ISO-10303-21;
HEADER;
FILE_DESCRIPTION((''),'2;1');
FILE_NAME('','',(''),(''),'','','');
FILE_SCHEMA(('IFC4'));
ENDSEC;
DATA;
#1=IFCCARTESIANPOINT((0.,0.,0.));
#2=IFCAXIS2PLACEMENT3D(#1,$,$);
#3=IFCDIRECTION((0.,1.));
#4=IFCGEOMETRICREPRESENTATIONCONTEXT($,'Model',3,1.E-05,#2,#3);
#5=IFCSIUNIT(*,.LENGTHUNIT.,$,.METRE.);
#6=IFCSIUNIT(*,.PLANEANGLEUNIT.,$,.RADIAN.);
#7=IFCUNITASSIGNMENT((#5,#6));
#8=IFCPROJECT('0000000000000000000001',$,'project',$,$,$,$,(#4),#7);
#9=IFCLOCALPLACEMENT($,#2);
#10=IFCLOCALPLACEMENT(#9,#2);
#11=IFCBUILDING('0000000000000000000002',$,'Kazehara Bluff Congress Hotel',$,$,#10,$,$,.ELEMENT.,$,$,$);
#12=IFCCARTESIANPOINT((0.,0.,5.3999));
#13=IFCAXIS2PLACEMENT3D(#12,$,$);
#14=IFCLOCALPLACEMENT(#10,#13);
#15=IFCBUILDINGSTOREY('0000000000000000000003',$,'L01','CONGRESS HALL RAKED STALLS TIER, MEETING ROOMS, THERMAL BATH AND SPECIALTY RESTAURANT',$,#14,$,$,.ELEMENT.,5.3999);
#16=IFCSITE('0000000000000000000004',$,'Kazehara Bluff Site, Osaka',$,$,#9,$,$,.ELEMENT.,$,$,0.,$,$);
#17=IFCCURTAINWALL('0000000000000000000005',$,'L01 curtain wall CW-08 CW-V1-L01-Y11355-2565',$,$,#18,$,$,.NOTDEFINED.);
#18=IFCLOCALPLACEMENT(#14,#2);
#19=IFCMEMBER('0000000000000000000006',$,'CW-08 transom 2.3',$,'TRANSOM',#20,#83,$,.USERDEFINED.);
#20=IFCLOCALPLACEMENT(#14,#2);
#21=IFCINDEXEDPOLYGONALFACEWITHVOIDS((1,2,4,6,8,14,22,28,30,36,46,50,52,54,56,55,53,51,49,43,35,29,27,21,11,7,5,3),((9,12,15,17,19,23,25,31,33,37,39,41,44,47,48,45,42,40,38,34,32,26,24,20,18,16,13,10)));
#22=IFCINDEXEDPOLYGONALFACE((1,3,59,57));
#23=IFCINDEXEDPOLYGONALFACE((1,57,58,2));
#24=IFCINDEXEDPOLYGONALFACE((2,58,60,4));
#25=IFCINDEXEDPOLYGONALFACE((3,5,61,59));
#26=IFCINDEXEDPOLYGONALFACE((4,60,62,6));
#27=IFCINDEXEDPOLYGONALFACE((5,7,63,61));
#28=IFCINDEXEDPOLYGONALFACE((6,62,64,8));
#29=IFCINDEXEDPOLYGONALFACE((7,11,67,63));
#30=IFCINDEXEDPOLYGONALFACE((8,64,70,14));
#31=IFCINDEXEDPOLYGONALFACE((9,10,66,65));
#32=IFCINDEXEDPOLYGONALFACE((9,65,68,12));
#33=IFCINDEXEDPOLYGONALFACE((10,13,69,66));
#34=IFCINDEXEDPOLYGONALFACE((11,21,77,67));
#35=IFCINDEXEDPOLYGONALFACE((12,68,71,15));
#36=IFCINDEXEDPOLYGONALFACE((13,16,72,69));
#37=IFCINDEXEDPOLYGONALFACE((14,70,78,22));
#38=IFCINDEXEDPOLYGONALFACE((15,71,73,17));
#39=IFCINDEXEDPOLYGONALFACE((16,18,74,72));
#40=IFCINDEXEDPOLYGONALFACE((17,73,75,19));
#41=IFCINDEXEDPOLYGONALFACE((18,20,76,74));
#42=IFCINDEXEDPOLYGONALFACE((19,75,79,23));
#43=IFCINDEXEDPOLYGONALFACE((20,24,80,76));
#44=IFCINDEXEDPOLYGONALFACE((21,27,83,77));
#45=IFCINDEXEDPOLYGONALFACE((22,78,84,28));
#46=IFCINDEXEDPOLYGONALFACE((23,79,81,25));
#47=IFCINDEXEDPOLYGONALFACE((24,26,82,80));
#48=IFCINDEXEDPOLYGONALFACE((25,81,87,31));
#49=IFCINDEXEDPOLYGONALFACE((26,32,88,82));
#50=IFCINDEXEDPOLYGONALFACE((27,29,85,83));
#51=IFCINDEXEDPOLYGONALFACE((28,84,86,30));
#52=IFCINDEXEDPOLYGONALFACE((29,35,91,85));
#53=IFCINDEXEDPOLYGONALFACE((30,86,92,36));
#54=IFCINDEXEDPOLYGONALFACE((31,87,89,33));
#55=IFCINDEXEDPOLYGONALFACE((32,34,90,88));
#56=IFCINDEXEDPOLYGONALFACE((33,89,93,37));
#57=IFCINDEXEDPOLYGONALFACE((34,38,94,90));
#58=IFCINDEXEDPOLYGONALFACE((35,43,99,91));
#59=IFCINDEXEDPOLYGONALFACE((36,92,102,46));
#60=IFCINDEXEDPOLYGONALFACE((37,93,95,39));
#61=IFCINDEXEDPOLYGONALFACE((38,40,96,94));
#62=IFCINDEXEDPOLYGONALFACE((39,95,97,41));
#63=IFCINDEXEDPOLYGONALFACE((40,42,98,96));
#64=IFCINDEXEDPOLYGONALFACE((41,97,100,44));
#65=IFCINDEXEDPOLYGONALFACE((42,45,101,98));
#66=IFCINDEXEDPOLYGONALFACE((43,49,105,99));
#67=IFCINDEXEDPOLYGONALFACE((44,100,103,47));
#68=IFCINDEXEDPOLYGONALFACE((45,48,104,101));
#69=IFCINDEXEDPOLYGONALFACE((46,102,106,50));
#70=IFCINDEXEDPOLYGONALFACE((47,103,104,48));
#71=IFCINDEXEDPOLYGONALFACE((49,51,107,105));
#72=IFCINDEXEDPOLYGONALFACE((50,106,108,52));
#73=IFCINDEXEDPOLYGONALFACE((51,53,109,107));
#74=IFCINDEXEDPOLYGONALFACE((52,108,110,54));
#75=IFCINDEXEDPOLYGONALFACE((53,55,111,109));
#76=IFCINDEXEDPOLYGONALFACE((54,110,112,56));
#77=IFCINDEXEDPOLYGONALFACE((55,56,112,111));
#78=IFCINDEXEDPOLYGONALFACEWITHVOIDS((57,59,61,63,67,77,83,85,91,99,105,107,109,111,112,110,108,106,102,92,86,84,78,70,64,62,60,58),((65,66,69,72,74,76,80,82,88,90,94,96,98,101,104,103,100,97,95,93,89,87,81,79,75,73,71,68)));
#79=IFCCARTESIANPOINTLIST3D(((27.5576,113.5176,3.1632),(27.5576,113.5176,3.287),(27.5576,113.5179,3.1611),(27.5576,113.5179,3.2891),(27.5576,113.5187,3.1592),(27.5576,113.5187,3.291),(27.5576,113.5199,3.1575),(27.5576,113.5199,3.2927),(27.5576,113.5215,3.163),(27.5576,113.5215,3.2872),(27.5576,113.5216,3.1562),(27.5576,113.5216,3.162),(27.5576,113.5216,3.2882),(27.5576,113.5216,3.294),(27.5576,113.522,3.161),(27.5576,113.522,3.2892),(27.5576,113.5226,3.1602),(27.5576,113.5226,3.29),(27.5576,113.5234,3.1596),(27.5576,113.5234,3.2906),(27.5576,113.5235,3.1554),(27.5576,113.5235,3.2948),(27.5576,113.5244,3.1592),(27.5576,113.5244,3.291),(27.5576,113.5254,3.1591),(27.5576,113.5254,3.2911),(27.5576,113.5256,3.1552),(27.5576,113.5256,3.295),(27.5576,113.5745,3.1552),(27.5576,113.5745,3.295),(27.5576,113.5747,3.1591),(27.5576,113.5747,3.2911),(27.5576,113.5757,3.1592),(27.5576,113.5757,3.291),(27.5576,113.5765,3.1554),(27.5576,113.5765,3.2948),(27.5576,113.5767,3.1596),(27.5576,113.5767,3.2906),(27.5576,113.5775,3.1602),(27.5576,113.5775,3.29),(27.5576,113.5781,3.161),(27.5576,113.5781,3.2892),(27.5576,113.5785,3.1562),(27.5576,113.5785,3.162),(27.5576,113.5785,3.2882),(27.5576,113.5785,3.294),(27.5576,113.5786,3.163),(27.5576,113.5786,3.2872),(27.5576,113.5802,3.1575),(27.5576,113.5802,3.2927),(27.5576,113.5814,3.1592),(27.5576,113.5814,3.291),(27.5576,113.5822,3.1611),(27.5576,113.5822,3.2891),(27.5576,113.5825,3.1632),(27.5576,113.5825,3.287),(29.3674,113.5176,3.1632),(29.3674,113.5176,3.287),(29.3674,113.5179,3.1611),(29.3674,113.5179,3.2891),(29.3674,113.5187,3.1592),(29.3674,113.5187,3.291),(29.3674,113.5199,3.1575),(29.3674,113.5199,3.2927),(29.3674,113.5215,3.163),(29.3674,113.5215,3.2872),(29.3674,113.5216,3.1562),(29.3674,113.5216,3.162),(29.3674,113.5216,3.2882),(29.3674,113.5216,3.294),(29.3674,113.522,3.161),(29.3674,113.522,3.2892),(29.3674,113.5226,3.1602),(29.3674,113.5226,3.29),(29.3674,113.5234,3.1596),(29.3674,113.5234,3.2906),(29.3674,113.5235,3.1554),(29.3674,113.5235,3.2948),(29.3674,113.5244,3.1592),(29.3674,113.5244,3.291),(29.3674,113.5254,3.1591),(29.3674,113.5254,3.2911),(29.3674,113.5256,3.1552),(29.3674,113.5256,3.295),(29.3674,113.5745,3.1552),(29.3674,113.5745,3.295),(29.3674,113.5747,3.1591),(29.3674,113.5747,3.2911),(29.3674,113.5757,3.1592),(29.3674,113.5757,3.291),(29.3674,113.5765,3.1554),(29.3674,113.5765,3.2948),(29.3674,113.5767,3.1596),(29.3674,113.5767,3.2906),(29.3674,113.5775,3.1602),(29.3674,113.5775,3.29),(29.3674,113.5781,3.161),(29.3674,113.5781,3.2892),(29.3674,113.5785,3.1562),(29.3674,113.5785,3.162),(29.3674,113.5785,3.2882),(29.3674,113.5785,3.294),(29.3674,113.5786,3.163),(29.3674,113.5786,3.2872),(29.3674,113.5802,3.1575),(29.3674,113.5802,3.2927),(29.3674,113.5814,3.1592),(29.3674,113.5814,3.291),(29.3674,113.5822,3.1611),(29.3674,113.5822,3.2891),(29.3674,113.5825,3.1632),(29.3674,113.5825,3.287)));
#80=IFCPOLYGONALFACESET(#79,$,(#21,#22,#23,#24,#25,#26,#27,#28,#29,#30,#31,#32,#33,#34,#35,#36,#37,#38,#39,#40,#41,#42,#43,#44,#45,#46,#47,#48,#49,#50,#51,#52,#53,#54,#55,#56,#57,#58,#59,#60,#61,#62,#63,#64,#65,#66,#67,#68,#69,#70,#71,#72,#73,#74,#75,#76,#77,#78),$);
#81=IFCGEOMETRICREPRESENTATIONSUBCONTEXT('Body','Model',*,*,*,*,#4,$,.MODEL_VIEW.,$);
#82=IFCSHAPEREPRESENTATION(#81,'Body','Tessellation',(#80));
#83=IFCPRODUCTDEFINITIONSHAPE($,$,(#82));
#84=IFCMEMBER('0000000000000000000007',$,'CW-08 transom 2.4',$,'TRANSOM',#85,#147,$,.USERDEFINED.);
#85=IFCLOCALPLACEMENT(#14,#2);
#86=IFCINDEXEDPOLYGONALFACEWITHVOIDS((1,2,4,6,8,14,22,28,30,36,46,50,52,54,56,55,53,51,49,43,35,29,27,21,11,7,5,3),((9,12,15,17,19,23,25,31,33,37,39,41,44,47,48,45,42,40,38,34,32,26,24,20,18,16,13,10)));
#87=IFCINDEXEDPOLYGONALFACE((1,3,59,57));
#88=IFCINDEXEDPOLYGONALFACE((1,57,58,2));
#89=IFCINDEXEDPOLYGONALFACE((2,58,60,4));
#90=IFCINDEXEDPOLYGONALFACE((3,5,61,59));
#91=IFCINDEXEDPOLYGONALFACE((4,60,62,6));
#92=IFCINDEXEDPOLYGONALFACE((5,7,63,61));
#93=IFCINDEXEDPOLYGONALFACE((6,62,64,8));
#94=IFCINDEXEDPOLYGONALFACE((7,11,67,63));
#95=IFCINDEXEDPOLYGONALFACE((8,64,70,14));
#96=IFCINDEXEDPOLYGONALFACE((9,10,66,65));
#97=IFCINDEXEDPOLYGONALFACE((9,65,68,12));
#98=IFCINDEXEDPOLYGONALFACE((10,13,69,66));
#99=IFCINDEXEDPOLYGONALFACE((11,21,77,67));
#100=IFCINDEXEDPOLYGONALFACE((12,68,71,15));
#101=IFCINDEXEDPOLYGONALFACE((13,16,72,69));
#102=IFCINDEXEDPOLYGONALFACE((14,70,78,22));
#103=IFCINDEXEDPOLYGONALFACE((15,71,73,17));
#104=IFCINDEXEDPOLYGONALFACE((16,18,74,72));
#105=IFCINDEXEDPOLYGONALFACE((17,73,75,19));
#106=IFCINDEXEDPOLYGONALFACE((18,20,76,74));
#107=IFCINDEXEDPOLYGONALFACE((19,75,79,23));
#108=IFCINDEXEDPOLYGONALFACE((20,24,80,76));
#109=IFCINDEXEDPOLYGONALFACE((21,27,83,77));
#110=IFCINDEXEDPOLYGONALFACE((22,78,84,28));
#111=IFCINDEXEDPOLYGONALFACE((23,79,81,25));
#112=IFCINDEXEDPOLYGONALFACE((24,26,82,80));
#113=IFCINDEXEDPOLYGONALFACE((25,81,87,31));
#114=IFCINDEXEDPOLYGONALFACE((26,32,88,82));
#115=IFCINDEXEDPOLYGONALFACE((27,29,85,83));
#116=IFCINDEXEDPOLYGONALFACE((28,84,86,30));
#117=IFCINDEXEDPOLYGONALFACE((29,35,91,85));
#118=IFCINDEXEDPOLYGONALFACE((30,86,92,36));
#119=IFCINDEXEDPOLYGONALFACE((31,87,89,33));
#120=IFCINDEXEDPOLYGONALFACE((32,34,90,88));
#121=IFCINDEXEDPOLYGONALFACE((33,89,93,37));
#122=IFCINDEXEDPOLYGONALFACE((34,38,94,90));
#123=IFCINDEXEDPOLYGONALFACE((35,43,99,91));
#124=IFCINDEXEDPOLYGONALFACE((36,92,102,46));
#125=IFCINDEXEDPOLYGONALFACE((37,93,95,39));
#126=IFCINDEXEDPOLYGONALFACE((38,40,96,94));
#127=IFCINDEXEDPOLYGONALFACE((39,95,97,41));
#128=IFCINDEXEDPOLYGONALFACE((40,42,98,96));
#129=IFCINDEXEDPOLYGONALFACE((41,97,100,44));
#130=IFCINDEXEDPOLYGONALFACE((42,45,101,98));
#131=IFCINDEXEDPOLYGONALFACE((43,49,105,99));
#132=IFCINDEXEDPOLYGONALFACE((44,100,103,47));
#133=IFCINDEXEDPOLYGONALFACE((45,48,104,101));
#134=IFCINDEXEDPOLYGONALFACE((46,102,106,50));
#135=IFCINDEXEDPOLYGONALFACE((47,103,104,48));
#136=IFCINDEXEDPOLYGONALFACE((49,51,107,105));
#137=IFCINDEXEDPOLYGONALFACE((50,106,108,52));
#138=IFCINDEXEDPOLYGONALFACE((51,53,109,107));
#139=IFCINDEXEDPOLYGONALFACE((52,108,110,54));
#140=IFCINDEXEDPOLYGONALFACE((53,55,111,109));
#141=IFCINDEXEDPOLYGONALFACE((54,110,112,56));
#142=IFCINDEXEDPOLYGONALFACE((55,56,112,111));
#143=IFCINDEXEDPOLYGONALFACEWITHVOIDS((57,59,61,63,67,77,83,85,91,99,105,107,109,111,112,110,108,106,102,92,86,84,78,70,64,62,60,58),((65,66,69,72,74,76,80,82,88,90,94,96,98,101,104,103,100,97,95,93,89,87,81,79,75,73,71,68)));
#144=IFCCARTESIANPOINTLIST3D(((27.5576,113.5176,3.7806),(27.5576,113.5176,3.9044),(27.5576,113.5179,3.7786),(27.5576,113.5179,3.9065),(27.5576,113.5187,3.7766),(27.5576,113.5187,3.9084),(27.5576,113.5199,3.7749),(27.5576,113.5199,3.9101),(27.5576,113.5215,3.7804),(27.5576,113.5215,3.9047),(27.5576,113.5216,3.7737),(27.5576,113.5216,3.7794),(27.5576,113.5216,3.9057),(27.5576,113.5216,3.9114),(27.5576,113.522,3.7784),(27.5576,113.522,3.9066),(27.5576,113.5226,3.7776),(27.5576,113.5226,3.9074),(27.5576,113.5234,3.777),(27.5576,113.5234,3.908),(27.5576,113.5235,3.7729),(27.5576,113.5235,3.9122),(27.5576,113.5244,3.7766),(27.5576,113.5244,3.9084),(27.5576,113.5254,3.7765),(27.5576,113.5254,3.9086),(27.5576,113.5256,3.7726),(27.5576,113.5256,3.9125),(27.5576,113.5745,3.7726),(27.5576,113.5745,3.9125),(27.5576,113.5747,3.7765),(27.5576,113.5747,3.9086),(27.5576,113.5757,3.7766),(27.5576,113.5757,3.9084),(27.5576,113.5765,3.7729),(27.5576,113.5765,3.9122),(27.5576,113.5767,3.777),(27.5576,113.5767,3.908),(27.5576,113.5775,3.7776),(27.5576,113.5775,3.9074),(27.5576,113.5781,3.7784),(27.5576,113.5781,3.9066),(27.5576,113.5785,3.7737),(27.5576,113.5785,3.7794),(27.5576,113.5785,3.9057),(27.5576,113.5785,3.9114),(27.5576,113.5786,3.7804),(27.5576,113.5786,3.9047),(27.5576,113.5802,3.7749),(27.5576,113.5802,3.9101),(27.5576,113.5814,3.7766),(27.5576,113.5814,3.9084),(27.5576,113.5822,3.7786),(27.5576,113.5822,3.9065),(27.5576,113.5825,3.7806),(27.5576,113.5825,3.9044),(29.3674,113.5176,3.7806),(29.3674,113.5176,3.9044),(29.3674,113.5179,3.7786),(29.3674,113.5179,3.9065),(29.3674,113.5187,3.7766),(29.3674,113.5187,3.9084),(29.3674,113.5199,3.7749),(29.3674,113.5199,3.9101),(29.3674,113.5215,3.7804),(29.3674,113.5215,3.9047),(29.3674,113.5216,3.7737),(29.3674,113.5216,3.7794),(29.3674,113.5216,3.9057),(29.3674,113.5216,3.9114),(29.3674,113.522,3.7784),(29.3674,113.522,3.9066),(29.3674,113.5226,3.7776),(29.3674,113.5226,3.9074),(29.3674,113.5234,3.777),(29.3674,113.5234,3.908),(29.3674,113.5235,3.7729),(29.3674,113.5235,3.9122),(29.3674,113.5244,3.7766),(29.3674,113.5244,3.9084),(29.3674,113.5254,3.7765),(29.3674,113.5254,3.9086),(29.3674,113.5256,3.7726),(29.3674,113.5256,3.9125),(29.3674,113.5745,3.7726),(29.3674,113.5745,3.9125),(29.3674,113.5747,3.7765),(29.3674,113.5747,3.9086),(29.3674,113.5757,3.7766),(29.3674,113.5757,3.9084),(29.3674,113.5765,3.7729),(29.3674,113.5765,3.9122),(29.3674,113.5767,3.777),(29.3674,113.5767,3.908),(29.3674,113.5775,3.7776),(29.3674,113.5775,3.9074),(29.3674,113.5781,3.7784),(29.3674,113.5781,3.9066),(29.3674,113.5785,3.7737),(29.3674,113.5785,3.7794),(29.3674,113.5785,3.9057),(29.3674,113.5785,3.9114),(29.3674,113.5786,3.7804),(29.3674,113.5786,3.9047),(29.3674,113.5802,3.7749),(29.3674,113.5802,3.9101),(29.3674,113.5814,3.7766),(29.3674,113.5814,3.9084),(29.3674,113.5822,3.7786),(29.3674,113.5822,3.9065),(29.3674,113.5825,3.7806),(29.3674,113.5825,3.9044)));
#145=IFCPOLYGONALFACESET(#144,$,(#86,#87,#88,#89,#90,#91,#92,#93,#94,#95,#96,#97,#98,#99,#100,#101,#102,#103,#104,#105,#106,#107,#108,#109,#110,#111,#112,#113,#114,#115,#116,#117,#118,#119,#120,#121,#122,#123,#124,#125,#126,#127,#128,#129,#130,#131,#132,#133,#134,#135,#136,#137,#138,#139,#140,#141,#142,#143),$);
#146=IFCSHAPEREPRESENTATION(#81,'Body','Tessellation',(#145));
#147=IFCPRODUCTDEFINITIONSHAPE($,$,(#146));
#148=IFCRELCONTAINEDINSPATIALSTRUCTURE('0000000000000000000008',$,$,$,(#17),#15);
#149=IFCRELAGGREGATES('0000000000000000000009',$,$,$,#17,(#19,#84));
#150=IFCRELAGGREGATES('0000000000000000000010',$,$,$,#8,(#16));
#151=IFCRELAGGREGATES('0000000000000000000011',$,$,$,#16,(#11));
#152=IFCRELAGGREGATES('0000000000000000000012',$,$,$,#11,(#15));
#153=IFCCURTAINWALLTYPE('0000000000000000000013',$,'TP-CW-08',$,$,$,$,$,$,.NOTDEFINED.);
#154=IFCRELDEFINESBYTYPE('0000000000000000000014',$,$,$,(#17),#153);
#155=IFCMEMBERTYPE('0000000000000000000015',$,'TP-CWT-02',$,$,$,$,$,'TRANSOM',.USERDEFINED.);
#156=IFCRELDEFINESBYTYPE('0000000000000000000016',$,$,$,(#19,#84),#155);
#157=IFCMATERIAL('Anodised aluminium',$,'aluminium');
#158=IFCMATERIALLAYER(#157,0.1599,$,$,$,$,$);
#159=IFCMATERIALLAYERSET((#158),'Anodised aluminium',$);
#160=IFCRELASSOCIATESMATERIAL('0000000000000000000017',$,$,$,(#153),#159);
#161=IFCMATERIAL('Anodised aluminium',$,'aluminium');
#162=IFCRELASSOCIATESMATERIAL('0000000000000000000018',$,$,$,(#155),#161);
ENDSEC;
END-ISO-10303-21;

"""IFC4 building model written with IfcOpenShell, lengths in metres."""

from ifc_helpers import new_model, si_unit, direction, frame, origin, origin_2d, place, context, subcontext, project, spatial, hollow_rectangle, extrude, material, layer, layer_set, material_profile, profile_set, type_object, element, aggregate, save


model = new_model("IFC4")

# Units and contexts
model_context = context("Model", 3, precision=1e-05, world=origin(), true_north=direction((0.0, 1.0)))
body_context = subcontext(model_context, "Body", "Model", "MODEL_VIEW")
ifc_project = project(units=[si_unit("LENGTHUNIT", "METRE"), si_unit("PLANEANGLEUNIT", "RADIAN")], contexts=[model_context])

# Site, building, storey
site_placement = place(None, origin())
site = spatial("IfcSite", under=ifc_project, at=site_placement, Name="Kazehara Bluff Site, Osaka", CompositionType="ELEMENT", RefElevation=0.0)
building_placement = place(site_placement, origin())
building = spatial("IfcBuilding", under=site, at=building_placement, Name="Kazehara Bluff Congress Hotel", CompositionType="ELEMENT")
storey_placement = place(building_placement, frame((0.0, 0.0, 5.3999)))
storey = spatial("IfcBuildingStorey", under=building, at=storey_placement, Name="L01", Description="CONGRESS HALL RAKED STALLS TIER, MEETING ROOMS, THERMAL BATH AND SPECIALTY RESTAURANT", CompositionType="ELEMENT", Elevation=5.3999)

# Curtain wall
ifc_material_1 = material(Name="Anodised aluminium", Category="aluminium")
ifc_layer_1 = layer(ifc_material_1, 0.1599)
ifc_layer_set_1 = layer_set([ifc_layer_1], Name="Anodised aluminium")
curtain_wall_type = type_object("IfcCurtainWallType", Name="TP-CW-08", PredefinedType="NOTDEFINED", material=ifc_layer_set_1)
curtain_wall_1_placement = place(storey_placement, origin())
curtain_wall_1 = element("IfcCurtainWall", 1, at=curtain_wall_1_placement, inside=storey, type_object=curtain_wall_type, Name="L01 curtain wall CW-08 CW-V1-L01-Y11355-2565", PredefinedType="NOTDEFINED")

# Members
ifc_material_2 = material(Name="Anodised aluminium", Category="aluminium")
ifc_material_profile_1 = material_profile(ifc_material_2, hollow_rectangle(XDim=0.0649, YDim=0.1399, WallThickness=0.0039, InnerFilletRadius=0.0039, OuterFilletRadius=0.0081, at=origin_2d()))
ifc_profile_set_1 = profile_set([ifc_material_profile_1], Name="Anodised aluminium")
member_type_1 = type_object("IfcMemberType", Name="TP-CWT-02", ElementType="TRANSOM", PredefinedType="USERDEFINED", material=ifc_profile_set_1)
member_1_placement = place(storey_placement, frame((27.5576, 113.55, 3.2251), z_axis=(1.0, 0.0, 0.0), x_axis=(0.0, 1.0, 0.0)))
member_1 = element("IfcMember", 2, at=member_1_placement, type_object=member_type_1, Name="CW-08 transom 2.3", ObjectType="TRANSOM", PredefinedType="USERDEFINED", context=body_context, shape_type="SweptSolid", body=[
    extrude(hollow_rectangle(XDim=0.0649, YDim=0.1399, WallThickness=0.0039, InnerFilletRadius=0.0039, OuterFilletRadius=0.0081, at=origin_2d()), origin(), (0.0, 0.0, 1.0), 1.8098),
])
member_2_placement = place(storey_placement, frame((27.5576, 113.55, 3.8425), z_axis=(1.0, 0.0, 0.0), x_axis=(0.0, 1.0, 0.0)))
member_2 = element("IfcMember", 3, at=member_2_placement, type_object=member_type_1, Name="CW-08 transom 2.4", ObjectType="TRANSOM", PredefinedType="USERDEFINED", context=body_context, shape_type="SweptSolid", body=[
    extrude(hollow_rectangle(XDim=0.0649, YDim=0.1399, WallThickness=0.0039, InnerFilletRadius=0.0039, OuterFilletRadius=0.0081, at=origin_2d()), origin(), (0.0, 0.0, 1.0), 1.8098),
])

aggregate(curtain_wall_1, [member_1, member_2])

save(model, "model.ifc")
